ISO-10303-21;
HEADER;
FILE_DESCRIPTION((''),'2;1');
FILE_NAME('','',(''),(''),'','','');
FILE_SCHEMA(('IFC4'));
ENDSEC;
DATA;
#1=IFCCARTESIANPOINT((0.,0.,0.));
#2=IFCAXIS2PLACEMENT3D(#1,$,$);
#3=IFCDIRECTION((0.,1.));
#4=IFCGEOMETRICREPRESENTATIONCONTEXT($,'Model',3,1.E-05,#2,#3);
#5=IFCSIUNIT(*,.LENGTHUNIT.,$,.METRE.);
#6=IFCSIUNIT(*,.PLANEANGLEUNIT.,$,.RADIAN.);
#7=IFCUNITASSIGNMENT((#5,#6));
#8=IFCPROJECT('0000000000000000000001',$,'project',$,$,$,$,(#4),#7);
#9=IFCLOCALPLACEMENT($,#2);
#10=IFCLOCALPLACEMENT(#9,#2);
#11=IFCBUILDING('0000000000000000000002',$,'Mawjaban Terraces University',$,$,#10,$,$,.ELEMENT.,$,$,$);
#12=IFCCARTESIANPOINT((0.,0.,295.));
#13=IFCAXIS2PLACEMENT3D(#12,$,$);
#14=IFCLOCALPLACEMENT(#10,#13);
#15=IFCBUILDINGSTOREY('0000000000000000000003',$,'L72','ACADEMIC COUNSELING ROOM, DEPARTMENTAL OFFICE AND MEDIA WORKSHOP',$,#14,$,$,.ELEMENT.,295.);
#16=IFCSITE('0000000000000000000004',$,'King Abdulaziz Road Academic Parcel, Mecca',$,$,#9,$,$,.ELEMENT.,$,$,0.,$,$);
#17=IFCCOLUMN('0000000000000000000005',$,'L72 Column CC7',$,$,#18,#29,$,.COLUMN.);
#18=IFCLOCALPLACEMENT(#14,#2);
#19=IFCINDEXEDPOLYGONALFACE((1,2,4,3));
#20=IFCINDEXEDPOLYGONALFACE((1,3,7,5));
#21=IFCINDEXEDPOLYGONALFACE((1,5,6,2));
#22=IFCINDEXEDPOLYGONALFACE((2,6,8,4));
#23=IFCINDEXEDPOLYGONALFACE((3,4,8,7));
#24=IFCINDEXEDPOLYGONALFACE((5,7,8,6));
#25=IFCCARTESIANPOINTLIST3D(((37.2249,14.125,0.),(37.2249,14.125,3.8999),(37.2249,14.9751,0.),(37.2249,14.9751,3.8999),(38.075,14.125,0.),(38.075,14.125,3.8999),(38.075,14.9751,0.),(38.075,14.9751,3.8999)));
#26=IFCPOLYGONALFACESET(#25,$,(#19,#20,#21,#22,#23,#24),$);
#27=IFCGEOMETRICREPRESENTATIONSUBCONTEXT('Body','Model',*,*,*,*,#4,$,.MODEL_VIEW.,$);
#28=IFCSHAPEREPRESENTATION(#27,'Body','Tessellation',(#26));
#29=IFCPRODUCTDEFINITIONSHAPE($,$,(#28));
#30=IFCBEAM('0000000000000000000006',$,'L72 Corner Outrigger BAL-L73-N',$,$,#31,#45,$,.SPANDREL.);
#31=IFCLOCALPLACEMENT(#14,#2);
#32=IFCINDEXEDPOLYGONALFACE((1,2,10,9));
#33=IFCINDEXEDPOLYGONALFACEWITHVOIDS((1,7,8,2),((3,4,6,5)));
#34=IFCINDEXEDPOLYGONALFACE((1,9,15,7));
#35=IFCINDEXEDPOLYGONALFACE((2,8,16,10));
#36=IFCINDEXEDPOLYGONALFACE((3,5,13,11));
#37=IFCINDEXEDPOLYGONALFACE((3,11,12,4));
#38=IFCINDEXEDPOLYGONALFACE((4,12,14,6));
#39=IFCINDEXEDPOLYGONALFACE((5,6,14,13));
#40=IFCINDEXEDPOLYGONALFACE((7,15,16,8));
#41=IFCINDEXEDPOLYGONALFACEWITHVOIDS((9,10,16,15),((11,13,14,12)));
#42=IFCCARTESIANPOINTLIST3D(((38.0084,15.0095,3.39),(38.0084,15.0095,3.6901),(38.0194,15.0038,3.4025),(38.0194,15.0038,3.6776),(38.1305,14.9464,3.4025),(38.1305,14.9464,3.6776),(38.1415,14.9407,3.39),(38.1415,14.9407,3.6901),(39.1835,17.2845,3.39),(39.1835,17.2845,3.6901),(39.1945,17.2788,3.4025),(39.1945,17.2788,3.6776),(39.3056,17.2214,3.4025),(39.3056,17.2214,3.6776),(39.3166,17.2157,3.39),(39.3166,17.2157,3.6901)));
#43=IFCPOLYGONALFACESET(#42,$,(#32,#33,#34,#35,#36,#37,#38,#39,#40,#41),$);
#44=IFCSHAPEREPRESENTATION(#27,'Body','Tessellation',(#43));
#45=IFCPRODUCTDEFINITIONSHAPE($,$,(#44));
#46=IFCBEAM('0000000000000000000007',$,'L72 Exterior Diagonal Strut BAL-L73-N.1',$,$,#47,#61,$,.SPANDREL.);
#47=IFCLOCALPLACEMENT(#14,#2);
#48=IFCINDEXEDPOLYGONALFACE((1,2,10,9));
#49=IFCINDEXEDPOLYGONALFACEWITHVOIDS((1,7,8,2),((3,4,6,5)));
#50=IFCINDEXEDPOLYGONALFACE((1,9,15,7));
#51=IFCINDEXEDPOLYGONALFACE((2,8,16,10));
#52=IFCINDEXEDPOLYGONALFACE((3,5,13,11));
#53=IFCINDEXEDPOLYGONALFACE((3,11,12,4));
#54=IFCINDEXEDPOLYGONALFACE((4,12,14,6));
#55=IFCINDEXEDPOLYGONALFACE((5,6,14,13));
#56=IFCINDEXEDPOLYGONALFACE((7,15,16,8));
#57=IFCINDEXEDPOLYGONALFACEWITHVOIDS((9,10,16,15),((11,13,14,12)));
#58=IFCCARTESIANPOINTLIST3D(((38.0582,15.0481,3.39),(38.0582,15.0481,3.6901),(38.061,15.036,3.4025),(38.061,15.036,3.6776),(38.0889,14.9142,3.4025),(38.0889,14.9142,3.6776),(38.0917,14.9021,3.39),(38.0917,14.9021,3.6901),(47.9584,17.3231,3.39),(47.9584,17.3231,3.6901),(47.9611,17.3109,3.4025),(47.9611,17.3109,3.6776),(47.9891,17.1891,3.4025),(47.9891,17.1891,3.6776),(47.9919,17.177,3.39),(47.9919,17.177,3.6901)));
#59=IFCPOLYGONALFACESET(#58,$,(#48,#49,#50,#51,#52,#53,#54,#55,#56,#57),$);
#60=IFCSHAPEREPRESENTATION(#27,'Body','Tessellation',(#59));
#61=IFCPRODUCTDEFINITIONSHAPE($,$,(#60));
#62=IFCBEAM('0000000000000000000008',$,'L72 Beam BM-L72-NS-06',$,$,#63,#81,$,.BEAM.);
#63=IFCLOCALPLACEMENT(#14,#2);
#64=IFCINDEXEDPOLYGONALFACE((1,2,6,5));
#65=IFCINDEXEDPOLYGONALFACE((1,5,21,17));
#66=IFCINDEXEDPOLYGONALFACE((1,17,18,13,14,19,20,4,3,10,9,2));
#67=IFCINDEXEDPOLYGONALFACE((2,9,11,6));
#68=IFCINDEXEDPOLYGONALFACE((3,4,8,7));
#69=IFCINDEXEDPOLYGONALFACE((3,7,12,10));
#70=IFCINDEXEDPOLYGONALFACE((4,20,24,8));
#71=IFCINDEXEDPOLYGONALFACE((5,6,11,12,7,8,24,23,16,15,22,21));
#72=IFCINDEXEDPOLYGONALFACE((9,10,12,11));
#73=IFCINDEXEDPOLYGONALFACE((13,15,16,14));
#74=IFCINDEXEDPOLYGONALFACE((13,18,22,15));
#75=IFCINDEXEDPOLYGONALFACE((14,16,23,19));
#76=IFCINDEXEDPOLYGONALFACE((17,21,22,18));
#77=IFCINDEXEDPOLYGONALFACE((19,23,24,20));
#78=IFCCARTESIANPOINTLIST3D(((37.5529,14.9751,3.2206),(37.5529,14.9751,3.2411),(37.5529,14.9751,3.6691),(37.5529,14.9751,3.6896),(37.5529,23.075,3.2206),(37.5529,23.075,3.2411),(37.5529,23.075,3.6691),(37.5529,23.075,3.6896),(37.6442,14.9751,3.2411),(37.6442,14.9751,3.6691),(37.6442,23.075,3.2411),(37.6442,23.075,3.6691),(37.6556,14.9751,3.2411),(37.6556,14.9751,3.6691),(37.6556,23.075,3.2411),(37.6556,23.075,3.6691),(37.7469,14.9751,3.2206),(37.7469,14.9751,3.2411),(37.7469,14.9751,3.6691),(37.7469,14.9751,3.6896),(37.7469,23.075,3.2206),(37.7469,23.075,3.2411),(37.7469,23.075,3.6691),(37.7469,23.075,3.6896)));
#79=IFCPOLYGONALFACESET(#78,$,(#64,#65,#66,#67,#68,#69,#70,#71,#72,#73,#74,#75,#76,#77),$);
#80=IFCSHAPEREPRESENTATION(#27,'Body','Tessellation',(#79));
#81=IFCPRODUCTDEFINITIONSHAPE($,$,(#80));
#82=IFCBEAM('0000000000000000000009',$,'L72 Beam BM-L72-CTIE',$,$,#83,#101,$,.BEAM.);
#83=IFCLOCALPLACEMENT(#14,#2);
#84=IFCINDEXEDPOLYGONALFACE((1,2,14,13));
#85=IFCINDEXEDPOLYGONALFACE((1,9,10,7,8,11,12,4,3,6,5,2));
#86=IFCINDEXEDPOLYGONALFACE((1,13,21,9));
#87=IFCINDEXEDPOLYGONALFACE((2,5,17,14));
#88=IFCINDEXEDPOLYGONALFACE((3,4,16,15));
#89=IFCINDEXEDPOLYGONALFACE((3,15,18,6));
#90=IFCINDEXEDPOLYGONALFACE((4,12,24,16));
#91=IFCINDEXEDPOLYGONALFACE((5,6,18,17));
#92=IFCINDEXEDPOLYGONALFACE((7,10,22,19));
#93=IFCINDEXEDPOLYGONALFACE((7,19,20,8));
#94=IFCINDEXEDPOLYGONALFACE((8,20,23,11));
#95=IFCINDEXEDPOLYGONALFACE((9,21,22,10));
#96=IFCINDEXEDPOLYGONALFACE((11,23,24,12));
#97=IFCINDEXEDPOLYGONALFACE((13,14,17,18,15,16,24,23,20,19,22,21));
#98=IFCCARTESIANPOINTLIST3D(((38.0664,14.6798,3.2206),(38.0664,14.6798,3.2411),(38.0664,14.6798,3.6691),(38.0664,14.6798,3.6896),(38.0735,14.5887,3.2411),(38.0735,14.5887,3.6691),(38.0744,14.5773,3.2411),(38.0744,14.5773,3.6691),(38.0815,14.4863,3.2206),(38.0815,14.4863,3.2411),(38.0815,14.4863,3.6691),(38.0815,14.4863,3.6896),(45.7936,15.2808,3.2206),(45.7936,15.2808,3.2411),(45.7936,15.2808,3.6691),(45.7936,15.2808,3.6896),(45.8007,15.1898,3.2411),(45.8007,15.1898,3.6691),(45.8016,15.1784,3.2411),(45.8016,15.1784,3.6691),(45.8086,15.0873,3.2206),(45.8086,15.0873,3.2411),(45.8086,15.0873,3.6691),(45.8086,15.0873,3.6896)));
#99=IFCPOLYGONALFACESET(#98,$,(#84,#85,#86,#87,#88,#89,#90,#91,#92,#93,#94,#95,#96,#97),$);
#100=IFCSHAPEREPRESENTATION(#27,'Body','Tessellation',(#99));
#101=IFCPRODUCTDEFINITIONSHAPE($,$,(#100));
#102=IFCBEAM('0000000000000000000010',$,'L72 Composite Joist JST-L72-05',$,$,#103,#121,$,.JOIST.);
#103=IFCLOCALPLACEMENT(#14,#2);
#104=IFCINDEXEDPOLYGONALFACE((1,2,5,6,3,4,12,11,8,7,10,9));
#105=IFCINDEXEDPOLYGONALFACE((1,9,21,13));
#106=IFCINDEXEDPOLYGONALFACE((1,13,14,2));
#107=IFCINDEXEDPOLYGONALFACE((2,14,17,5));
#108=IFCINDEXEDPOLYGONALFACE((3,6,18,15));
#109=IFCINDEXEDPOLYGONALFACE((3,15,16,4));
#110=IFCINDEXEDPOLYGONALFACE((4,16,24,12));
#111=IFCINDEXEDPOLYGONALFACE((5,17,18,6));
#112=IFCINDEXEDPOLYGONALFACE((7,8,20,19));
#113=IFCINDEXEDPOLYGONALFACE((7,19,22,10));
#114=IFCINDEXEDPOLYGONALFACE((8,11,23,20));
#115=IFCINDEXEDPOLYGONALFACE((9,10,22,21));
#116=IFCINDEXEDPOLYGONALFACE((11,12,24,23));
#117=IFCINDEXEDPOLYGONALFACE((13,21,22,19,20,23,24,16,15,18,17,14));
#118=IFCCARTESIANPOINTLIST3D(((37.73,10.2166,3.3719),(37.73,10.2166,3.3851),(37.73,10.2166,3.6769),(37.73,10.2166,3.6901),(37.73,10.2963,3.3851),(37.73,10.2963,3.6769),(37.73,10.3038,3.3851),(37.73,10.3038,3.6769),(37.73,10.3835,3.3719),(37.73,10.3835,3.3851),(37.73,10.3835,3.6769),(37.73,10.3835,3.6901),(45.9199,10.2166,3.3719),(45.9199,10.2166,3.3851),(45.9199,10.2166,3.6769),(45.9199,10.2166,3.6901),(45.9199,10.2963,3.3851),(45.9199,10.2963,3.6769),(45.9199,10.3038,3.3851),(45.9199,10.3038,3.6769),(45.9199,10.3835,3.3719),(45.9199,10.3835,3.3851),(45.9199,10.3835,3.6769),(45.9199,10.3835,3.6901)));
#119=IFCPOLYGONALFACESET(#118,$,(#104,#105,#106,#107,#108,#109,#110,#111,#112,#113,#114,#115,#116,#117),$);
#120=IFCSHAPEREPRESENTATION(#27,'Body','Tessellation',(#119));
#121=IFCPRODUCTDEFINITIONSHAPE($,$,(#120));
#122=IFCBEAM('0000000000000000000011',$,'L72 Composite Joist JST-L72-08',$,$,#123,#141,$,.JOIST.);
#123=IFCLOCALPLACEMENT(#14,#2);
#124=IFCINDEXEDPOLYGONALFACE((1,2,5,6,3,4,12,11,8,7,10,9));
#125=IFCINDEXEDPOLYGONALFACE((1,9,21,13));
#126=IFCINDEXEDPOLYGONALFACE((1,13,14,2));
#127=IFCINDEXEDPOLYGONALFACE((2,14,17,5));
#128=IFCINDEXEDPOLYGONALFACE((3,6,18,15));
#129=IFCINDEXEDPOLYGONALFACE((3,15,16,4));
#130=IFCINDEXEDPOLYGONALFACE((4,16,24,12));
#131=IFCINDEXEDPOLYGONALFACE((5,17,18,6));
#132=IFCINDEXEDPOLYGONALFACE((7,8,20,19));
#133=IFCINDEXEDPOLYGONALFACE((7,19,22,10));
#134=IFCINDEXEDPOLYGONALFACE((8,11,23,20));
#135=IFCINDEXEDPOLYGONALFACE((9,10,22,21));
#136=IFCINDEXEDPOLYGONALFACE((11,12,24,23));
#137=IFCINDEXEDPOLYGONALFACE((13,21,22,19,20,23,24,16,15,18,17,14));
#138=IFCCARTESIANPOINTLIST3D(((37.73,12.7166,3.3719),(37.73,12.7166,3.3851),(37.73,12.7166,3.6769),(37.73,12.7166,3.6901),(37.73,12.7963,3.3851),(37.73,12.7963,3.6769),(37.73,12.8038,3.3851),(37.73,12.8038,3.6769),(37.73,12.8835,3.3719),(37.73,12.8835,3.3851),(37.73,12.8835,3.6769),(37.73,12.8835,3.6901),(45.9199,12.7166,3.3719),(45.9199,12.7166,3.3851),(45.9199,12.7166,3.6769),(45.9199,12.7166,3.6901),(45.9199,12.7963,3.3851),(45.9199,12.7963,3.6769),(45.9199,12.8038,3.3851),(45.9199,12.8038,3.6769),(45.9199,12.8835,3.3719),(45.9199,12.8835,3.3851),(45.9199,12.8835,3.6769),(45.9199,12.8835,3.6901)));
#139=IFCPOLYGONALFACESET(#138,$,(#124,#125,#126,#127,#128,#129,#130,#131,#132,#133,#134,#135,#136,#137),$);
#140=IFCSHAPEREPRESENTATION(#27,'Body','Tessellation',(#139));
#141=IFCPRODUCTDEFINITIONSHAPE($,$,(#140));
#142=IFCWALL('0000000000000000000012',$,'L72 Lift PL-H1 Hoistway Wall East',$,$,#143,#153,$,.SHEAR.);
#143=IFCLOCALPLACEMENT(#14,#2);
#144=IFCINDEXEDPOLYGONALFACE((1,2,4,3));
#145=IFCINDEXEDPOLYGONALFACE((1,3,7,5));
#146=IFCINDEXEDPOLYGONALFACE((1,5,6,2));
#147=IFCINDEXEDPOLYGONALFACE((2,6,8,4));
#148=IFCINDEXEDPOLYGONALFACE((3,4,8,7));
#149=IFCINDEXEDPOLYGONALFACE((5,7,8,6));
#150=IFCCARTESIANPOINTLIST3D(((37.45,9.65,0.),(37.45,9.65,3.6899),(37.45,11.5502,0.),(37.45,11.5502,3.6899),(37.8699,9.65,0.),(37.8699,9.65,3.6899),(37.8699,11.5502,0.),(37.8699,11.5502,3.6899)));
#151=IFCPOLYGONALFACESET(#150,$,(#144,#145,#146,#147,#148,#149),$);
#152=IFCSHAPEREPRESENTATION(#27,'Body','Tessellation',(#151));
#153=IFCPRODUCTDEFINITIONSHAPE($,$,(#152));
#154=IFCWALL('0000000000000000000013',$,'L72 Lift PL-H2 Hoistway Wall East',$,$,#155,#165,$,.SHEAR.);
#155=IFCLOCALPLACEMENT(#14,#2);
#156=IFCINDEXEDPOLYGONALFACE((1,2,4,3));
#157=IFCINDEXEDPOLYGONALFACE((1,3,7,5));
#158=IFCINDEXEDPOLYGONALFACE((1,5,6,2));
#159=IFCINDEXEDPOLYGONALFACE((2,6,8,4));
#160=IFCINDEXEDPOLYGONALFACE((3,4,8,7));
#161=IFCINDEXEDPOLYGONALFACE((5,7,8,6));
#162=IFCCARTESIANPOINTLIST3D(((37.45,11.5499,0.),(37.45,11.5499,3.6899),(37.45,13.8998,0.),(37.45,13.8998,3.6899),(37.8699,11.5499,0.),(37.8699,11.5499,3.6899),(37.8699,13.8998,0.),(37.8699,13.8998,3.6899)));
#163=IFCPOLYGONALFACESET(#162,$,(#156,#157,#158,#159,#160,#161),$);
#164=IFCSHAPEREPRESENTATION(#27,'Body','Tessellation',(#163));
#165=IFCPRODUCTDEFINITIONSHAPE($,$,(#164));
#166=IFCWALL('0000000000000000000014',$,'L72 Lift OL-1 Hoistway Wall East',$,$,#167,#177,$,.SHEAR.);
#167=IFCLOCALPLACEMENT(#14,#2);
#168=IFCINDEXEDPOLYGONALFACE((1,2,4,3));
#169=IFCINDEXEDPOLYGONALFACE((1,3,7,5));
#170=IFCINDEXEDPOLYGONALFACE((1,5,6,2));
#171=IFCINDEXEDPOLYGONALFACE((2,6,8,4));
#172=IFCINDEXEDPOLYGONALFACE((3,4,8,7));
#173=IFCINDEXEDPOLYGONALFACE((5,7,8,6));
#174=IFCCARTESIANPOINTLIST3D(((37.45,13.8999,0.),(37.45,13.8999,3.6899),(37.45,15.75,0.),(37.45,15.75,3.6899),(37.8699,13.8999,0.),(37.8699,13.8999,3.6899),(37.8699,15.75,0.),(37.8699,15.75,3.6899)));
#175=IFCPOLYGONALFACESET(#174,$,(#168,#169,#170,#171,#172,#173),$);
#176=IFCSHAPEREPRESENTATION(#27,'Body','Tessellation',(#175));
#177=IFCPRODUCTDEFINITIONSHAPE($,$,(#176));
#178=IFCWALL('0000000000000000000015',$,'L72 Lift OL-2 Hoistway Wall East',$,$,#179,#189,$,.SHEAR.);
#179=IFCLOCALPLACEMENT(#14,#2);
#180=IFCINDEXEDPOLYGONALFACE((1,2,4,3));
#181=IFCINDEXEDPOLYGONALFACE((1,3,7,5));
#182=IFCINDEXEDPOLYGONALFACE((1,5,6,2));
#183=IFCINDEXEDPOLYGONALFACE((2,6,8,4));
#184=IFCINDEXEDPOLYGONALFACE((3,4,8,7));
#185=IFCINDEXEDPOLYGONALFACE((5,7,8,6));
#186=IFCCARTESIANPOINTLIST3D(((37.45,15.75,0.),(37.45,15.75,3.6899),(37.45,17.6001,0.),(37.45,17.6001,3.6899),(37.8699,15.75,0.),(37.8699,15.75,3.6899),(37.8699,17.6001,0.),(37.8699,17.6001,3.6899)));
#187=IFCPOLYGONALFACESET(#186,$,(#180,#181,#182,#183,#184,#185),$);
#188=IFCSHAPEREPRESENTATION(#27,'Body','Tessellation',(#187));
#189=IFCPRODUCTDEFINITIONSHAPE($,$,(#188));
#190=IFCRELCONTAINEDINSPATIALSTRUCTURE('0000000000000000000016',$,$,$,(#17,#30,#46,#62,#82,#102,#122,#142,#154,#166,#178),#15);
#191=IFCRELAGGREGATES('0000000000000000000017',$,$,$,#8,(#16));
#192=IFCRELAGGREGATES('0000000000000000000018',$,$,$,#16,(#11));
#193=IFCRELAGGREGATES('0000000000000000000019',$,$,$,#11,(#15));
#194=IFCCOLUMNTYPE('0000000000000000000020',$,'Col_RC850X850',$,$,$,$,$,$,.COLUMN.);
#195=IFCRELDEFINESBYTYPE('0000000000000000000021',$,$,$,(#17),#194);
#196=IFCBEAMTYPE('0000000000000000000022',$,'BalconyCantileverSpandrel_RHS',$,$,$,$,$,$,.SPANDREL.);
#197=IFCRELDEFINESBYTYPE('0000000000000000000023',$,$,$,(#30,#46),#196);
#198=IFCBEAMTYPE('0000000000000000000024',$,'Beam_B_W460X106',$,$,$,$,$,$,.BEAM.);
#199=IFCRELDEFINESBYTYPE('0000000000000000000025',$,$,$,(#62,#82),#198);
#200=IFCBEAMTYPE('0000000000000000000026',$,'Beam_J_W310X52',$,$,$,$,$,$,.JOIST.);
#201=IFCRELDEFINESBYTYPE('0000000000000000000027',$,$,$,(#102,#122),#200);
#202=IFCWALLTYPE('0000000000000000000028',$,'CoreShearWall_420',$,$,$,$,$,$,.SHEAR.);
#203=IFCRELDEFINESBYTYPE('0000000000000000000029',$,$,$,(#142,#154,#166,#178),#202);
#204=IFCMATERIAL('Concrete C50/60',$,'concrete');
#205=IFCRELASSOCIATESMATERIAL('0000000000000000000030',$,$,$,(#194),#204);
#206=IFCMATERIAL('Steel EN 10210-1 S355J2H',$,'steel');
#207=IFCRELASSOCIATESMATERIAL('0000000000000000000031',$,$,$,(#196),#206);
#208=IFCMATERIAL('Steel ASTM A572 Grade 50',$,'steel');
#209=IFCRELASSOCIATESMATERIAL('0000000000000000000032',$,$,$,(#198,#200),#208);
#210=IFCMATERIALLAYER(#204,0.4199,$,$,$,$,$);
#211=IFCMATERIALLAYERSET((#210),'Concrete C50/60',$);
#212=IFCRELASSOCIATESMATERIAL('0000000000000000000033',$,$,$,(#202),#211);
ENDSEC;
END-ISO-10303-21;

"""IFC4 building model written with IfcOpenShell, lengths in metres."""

from ifc_helpers import new_model, si_unit, direction, frame, frame_2d, origin, origin_2d, place, context, subcontext, project, spatial, rectangle, hollow_rectangle, i_section, extrude, material, layer, layer_set, material_profile, profile_set, type_object, element, save


model = new_model("IFC4")

# Units and contexts
model_context = context("Model", 3, precision=1e-05, world=origin(), true_north=direction((0.0, 1.0)))
body_context = subcontext(model_context, "Body", "Model", "MODEL_VIEW")
ifc_project = project(units=[si_unit("LENGTHUNIT", "METRE"), si_unit("PLANEANGLEUNIT", "RADIAN")], contexts=[model_context])

# Site, building, storey
site_placement = place(None, origin())
site = spatial("IfcSite", under=ifc_project, at=site_placement, Name="King Abdulaziz Road Academic Parcel, Mecca", CompositionType="ELEMENT", RefElevation=0.0)
building_placement = place(site_placement, origin())
building = spatial("IfcBuilding", under=site, at=building_placement, Name="Mawjaban Terraces University", CompositionType="ELEMENT")
storey_placement = place(building_placement, frame((0.0, 0.0, 295.0)))
storey = spatial("IfcBuildingStorey", under=building, at=storey_placement, Name="L72", Description="ACADEMIC COUNSELING ROOM, DEPARTMENTAL OFFICE AND MEDIA WORKSHOP", CompositionType="ELEMENT", Elevation=295.0)

# Column
ifc_material_1 = material(Name="Concrete C50/60", Category="concrete")
ifc_material_profile_1 = material_profile(ifc_material_1, rectangle(XDim=0.8501, YDim=0.8501, at=origin_2d()), Name="RC850X850")
ifc_profile_set_1 = profile_set([ifc_material_profile_1], Name="Concrete C50/60")
column_type = type_object("IfcColumnType", Name="Col_RC850X850", PredefinedType="COLUMN", material=ifc_profile_set_1)
column_placement = place(storey_placement, frame((37.6499, 14.55, 0.0), z_axis=(0.0, 0.0, 1.0), x_axis=(1.0, 0.0, 0.0)))
element("IfcColumn", 1, at=column_placement, inside=storey, type_object=column_type, Name="L72 Column CC7", PredefinedType="COLUMN", context=body_context, shape_type="SweptSolid", body=[
    extrude(rectangle(XDim=0.8501, YDim=0.8501, at=origin_2d()), origin(), (0.0, 0.0, 1.0), 3.8999),
])

# Beams
ifc_material_2 = material(Name="Steel EN 10210-1 S355J2H", Category="steel")
ifc_material_profile_2 = material_profile(ifc_material_2, hollow_rectangle(XDim=0.1499, YDim=0.3, WallThickness=0.0125, at=origin_2d()), Name="RHS300X150X12.5")
ifc_profile_set_2 = profile_set([ifc_material_profile_2], Name="Steel EN 10210-1 S355J2H")
beam_type_1 = type_object("IfcBeamType", Name="BalconyCantileverSpandrel_RHS", PredefinedType="SPANDREL", material=ifc_profile_set_2)
beam_1_placement = place(storey_placement, frame((38.075, 14.9751, 3.54), z_axis=(0.458922, 0.888476, 0.0), x_axis=(-0.888476, 0.458922, 0.0)))
element("IfcBeam", 2, at=beam_1_placement, inside=storey, type_object=beam_type_1, Name="L72 Corner Outrigger BAL-L73-N", PredefinedType="SPANDREL", context=body_context, shape_type="SweptSolid", body=[
    extrude(hollow_rectangle(XDim=0.1499, YDim=0.3, WallThickness=0.0125, at=origin_2d()), origin(), (0.0, 0.0, 1.0), 2.5605),
])
beam_2_placement = place(storey_placement, frame((38.075, 14.9751, 3.54), z_axis=(0.974601, 0.223948, 0.0), x_axis=(-0.223948, 0.974601, 0.0)))
element("IfcBeam", 3, at=beam_2_placement, inside=storey, type_object=beam_type_1, Name="L72 Exterior Diagonal Strut BAL-L73-N.1", PredefinedType="SPANDREL", context=body_context, shape_type="SweptSolid", body=[
    extrude(hollow_rectangle(XDim=0.1499, YDim=0.3, WallThickness=0.0125, at=origin_2d()), origin(), (0.0, 0.0, 1.0), 10.1582),
])
ifc_material_3 = material(Name="Steel ASTM A572 Grade 50", Category="steel")
ifc_material_profile_3 = material_profile(ifc_material_3, i_section(OverallWidth=0.1941, OverallDepth=0.469, WebThickness=0.0115, FlangeThickness=0.0205, at=origin_2d()), Name="W460X106")
ifc_profile_set_3 = profile_set([ifc_material_profile_3], Name="Steel ASTM A572 Grade 50")
beam_type_2 = type_object("IfcBeamType", Name="Beam_B_W460X106", PredefinedType="BEAM", material=ifc_profile_set_3)
beam_3_placement = place(storey_placement, frame((37.6499, 14.9751, 3.4551), z_axis=(0.0, 1.0, 0.0), x_axis=(-1.0, 0.0, 0.0)))
element("IfcBeam", 4, at=beam_3_placement, inside=storey, type_object=beam_type_2, Name="L72 Beam BM-L72-NS-06", PredefinedType="BEAM", context=body_context, shape_type="SweptSolid", body=[
    extrude(i_section(OverallWidth=0.1941, OverallDepth=0.469, WebThickness=0.0115, FlangeThickness=0.0205, at=origin_2d()), origin(), (0.0, 0.0, 1.0), 8.0999),
])
beam_4_placement = place(storey_placement, frame((38.074, 14.583, 3.4551), z_axis=(0.996988, 0.077554, 0.0), x_axis=(-0.077554, 0.996988, 0.0)))
element("IfcBeam", 5, at=beam_4_placement, inside=storey, type_object=beam_type_2, Name="L72 Beam BM-L72-CTIE", PredefinedType="BEAM", context=body_context, shape_type="SweptSolid", body=[
    extrude(i_section(OverallWidth=0.1941, OverallDepth=0.469, WebThickness=0.0115, FlangeThickness=0.0205, at=origin_2d()), origin(), (0.0, 0.0, 1.0), 7.7505),
])
ifc_material_profile_4 = material_profile(ifc_material_3, i_section(OverallWidth=0.167, OverallDepth=0.3181, WebThickness=0.0076, FlangeThickness=0.0132, at=origin_2d()), Name="W310X52")
ifc_profile_set_4 = profile_set([ifc_material_profile_4], Name="Steel ASTM A572 Grade 50")
beam_type_3 = type_object("IfcBeamType", Name="Beam_J_W310X52", PredefinedType="JOIST", material=ifc_profile_set_4)
for number, where, z_axis, x_axis, name in (
    (6, (37.73, 10.3, 3.531), (1.0, 0.0, 0.0), (0.0, 1.0, 0.0), "L72 Composite Joist JST-L72-05"),
    (7, (37.73, 12.8, 3.531), (1.0, 0.0, 0.0), (0.0, 1.0, 0.0), "L72 Composite Joist JST-L72-08"),
):
    element("IfcBeam", number, at=place(storey_placement, frame(where, z_axis=z_axis, x_axis=x_axis)), inside=storey, type_object=beam_type_3, Name=name, PredefinedType="JOIST", context=body_context, shape_type="SweptSolid", body=[
        extrude(i_section(OverallWidth=0.167, OverallDepth=0.3181, WebThickness=0.0076, FlangeThickness=0.0132, at=origin_2d()), origin(), (0.0, 0.0, 1.0), 8.1899),
    ])

# Walls
ifc_layer_1 = layer(ifc_material_1, 0.4199)
ifc_layer_set_1 = layer_set([ifc_layer_1], Name="Concrete C50/60")
wall_type_1 = type_object("IfcWallType", Name="CoreShearWall_420", PredefinedType="SHEAR", material=ifc_layer_set_1)
wall_1_placement = place(storey_placement, frame((37.6599, 9.6499, 0.0), z_axis=(0.0, 0.0, 1.0), x_axis=(0.0, 1.0, 0.0)))
element("IfcWall", 8, at=wall_1_placement, inside=storey, type_object=wall_type_1, Name="L72 Lift PL-H1 Hoistway Wall East", PredefinedType="SHEAR", context=body_context, shape_type="SweptSolid", body=[
    extrude(rectangle(XDim=1.9001, YDim=0.4199, at=frame_2d((0.9502, 0.0))), origin(), (0.0, 0.0, 1.0), 3.6899),
])
wall_2_placement = place(storey_placement, frame((37.6599, 11.55, 0.0), z_axis=(0.0, 0.0, 1.0), x_axis=(0.0, 1.0, 0.0)))
element("IfcWall", 9, at=wall_2_placement, inside=storey, type_object=wall_type_1, Name="L72 Lift PL-H2 Hoistway Wall East", PredefinedType="SHEAR", context=body_context, shape_type="SweptSolid", body=[
    extrude(rectangle(XDim=2.3499, YDim=0.4199, at=frame_2d((1.1748, 0.0))), origin(), (0.0, 0.0, 1.0), 3.6899),
])
for number, where, z_axis, x_axis, name in (
    (10, (37.6599, 13.8999, 0.0), (0.0, 0.0, 1.0), (0.0, 1.0, 0.0), "L72 Lift OL-1 Hoistway Wall East"),
    (11, (37.6599, 15.75, 0.0), (0.0, 0.0, 1.0), (0.0, 1.0, 0.0), "L72 Lift OL-2 Hoistway Wall East"),
):
    element("IfcWall", number, at=place(storey_placement, frame(where, z_axis=z_axis, x_axis=x_axis)), inside=storey, type_object=wall_type_1, Name=name, PredefinedType="SHEAR", context=body_context, shape_type="SweptSolid", body=[
        extrude(rectangle(XDim=1.8501, YDim=0.4199, at=frame_2d((0.925, 0.0))), origin(), (0.0, 0.0, 1.0), 3.6899),
    ])

save(model, "model.ifc")
